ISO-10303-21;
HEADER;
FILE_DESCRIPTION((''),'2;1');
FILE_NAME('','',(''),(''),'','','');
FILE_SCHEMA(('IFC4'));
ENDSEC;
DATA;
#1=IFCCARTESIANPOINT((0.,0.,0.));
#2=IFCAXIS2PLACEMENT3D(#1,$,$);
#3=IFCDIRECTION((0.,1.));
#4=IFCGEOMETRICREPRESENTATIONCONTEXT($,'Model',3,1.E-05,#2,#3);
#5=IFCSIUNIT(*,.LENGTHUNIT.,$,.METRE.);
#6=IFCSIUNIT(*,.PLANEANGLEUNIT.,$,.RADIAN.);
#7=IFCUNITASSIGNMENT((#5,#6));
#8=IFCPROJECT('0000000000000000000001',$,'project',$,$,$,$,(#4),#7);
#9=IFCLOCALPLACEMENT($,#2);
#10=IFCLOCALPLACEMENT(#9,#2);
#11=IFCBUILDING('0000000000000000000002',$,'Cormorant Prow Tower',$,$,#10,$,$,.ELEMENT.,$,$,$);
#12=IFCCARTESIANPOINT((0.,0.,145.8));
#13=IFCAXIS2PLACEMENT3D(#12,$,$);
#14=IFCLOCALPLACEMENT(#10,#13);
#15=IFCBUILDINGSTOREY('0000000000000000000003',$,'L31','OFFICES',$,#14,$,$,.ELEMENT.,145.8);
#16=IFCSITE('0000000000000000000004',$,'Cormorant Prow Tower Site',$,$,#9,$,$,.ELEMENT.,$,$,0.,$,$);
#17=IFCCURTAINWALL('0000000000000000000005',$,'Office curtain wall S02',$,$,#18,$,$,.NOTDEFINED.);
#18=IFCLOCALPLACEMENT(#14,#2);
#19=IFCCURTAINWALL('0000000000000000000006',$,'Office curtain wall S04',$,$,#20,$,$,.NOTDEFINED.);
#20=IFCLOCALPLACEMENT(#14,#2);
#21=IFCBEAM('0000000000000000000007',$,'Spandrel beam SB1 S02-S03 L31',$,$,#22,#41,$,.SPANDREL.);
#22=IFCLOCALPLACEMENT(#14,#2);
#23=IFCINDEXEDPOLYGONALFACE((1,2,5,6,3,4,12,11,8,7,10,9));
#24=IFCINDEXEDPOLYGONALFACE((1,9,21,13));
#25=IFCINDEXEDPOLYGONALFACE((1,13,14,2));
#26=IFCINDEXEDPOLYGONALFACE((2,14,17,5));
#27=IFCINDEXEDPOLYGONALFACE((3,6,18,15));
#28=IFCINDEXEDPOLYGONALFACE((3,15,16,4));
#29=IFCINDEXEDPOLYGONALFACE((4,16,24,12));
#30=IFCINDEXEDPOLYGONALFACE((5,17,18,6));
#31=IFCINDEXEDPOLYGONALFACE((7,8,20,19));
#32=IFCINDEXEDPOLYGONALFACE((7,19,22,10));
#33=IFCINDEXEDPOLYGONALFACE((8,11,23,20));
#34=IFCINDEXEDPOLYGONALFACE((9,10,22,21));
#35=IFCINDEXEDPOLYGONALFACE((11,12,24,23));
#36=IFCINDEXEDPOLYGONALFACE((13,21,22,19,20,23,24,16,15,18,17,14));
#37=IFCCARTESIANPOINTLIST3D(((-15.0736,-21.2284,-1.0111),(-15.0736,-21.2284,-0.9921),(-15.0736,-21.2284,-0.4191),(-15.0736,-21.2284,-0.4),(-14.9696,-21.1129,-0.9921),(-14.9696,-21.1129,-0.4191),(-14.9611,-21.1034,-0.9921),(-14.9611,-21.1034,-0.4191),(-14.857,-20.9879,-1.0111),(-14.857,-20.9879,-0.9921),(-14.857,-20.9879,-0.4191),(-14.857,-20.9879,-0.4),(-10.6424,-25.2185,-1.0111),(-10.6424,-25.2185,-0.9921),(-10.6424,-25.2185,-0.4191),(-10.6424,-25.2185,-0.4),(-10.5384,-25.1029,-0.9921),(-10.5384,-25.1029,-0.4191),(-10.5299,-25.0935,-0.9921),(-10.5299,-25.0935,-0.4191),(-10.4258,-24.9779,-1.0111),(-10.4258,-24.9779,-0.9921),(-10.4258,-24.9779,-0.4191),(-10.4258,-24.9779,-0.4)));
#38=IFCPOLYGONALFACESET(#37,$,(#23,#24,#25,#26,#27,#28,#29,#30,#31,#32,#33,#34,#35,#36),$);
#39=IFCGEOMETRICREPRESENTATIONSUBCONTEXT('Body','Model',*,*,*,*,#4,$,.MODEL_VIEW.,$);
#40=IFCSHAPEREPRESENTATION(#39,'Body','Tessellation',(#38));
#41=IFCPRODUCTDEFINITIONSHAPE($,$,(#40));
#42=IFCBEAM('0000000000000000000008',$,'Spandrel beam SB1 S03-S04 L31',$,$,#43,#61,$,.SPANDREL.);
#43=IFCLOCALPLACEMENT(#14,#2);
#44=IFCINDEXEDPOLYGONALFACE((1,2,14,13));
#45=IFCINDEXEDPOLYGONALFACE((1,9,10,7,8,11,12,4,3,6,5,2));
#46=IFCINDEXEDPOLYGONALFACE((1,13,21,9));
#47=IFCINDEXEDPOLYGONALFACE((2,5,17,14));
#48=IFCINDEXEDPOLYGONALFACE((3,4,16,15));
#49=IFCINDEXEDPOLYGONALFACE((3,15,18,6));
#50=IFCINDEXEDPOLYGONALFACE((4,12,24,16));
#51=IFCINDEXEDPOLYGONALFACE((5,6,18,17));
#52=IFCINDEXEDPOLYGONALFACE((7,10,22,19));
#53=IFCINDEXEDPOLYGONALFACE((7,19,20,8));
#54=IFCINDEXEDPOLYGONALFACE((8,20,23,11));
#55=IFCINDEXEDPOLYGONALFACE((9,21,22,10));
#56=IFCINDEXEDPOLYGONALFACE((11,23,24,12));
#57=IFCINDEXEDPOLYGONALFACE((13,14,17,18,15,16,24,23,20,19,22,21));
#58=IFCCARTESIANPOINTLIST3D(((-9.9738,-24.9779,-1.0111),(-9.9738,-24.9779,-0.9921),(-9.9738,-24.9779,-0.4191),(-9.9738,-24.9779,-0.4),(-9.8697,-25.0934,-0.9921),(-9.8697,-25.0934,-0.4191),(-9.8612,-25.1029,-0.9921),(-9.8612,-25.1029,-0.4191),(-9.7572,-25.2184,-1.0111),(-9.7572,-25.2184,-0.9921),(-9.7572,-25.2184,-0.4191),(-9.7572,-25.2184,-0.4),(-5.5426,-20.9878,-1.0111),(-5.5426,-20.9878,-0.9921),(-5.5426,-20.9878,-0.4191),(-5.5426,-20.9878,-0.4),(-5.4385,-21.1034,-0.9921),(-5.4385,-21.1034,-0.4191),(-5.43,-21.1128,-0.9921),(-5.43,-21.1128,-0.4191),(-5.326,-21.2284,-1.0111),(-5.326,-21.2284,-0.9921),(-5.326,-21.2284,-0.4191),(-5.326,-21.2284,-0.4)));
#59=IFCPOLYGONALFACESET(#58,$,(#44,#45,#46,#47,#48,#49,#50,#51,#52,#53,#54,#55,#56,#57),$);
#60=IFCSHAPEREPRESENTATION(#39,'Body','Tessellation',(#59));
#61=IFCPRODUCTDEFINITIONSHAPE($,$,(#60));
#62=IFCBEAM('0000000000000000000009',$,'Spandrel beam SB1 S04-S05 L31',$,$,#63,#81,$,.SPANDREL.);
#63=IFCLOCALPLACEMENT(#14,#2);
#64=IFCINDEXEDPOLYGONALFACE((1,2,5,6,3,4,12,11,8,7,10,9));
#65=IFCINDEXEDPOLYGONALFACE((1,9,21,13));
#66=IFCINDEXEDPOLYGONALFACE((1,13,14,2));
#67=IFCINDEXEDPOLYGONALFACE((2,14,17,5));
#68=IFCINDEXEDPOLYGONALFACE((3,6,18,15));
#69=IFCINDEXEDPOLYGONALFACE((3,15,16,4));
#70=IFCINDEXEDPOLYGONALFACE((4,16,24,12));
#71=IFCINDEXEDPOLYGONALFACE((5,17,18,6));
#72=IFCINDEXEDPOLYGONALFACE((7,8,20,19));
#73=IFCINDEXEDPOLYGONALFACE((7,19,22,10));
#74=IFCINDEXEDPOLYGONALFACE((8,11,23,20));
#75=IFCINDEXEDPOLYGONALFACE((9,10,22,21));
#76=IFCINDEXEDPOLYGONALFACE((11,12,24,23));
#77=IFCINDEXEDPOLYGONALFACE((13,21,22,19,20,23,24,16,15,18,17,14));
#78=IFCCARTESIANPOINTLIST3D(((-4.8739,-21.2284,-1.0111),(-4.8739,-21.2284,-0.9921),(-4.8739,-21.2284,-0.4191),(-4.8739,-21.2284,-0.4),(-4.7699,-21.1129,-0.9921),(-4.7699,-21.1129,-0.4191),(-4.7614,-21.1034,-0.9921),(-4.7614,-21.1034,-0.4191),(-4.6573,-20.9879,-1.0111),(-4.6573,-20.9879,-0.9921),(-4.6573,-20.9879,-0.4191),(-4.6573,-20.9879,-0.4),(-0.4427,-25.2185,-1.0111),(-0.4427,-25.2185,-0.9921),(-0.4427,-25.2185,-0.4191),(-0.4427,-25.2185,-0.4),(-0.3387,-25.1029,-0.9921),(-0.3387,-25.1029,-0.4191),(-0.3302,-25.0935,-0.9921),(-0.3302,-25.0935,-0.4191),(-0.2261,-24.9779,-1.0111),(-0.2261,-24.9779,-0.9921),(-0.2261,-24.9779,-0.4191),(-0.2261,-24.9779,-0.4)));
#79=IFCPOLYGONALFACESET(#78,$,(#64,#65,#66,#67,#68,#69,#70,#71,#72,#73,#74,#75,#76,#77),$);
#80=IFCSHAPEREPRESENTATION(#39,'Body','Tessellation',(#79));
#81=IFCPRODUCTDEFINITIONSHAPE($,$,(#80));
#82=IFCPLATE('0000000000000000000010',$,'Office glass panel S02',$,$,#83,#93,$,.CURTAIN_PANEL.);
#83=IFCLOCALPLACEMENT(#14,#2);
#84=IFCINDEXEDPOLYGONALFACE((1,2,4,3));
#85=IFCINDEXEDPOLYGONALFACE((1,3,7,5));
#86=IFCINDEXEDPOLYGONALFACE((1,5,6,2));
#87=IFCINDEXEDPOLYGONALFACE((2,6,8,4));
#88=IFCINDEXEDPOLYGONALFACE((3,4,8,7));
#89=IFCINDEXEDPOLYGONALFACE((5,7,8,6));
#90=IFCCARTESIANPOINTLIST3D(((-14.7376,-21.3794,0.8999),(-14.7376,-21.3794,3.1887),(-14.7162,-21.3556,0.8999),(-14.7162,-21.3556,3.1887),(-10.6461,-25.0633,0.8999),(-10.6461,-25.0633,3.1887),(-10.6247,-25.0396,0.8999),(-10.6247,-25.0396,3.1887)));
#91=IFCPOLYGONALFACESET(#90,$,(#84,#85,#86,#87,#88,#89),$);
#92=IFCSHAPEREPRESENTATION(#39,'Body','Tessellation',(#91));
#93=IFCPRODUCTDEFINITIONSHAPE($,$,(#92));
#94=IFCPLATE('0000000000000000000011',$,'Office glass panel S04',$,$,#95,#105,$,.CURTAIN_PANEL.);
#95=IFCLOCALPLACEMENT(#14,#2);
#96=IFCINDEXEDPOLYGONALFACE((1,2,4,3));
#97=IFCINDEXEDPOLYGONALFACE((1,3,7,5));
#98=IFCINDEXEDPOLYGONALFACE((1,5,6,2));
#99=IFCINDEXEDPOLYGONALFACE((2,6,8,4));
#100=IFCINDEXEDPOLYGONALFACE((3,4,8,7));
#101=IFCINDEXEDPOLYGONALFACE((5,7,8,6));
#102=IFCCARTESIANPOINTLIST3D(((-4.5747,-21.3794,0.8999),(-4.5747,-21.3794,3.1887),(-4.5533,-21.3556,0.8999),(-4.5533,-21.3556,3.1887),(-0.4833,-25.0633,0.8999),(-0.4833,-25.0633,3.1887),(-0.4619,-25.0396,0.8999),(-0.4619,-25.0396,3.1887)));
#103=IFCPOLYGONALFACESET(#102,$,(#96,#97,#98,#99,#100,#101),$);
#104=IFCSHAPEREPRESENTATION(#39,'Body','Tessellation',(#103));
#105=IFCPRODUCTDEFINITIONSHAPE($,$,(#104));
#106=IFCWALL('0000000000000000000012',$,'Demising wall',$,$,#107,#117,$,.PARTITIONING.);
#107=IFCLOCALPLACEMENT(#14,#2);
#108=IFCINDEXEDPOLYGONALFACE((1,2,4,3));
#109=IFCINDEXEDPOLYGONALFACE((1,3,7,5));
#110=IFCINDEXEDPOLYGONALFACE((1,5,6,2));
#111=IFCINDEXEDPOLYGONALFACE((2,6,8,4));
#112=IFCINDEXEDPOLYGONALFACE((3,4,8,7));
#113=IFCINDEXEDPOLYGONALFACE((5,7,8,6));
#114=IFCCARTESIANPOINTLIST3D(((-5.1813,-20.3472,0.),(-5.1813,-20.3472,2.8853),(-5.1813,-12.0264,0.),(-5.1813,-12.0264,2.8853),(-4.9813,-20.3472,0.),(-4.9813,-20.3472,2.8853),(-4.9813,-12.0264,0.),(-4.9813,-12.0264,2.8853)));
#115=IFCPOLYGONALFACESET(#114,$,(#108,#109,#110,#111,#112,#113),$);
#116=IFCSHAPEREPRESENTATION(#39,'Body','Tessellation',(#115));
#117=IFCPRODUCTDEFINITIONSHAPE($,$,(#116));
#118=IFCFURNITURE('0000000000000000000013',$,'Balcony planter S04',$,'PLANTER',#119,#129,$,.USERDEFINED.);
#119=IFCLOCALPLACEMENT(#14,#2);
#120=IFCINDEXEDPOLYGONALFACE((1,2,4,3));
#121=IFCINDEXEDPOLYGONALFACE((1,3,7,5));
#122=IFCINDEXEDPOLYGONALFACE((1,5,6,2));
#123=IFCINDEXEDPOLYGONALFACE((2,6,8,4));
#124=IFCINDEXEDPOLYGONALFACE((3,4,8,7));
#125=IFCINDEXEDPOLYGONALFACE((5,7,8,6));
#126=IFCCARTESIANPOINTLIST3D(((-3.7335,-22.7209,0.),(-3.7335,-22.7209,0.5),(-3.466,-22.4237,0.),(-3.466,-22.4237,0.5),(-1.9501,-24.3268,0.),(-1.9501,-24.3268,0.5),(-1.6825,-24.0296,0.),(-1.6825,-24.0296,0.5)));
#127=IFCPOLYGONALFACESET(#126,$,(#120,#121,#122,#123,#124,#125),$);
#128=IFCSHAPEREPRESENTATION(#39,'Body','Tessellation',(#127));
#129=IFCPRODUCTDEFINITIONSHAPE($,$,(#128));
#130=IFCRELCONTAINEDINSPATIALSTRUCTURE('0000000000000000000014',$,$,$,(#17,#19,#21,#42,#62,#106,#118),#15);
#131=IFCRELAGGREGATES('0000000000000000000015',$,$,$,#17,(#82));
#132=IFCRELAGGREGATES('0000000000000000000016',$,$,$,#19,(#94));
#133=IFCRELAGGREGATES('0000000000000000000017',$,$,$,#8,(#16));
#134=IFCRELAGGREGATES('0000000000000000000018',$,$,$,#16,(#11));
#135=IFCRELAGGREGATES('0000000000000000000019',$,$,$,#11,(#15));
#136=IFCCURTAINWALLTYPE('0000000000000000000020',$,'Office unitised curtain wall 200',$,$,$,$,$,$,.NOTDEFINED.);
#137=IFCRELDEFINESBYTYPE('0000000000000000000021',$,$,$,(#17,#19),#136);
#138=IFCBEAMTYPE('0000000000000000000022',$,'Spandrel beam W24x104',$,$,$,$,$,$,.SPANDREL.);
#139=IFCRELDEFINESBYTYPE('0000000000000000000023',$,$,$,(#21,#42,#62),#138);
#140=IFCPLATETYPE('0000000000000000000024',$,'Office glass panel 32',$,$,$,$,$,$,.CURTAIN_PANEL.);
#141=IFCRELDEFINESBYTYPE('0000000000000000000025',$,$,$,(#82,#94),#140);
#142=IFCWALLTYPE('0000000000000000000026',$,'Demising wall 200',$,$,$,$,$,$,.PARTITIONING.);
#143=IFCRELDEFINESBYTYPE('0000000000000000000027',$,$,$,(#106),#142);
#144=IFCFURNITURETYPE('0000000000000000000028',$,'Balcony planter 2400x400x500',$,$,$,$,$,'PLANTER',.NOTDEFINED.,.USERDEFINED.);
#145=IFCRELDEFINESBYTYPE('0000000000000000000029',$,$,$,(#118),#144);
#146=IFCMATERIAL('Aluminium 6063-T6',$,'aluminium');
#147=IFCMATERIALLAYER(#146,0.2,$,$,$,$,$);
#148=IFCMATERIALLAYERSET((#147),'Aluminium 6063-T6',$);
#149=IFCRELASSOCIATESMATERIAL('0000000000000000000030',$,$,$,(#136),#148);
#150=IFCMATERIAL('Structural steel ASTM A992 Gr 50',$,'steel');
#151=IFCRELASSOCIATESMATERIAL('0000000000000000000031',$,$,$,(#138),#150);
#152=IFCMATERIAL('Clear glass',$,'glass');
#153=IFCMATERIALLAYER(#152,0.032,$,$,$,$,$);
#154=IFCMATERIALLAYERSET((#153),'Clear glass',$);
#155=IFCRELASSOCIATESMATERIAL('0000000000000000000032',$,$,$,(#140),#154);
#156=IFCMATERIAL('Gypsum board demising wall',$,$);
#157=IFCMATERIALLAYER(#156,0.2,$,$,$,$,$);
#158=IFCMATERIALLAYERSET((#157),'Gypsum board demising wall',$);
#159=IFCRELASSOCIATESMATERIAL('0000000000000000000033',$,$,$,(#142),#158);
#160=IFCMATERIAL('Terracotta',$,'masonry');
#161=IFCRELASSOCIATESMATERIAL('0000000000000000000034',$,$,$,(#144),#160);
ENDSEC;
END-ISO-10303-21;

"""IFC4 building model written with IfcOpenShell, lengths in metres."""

from ifc_helpers import new_model, si_unit, direction, frame, frame_2d, origin, origin_2d, place, context, subcontext, project, spatial, rectangle, i_section, extrude, material, layer, layer_set, material_profile, profile_set, type_object, element, aggregate, save


model = new_model("IFC4")

# Units and contexts
model_context = context("Model", 3, precision=1e-05, world=origin(), true_north=direction((0.0, 1.0)))
body_context = subcontext(model_context, "Body", "Model", "MODEL_VIEW")
ifc_project = project(units=[si_unit("LENGTHUNIT", "METRE"), si_unit("PLANEANGLEUNIT", "RADIAN")], contexts=[model_context])

# Site, building, storey
site_placement = place(None, origin())
site = spatial("IfcSite", under=ifc_project, at=site_placement, Name="Cormorant Prow Tower Site", CompositionType="ELEMENT", RefElevation=0.0)
building_placement = place(site_placement, origin())
building = spatial("IfcBuilding", under=site, at=building_placement, Name="Cormorant Prow Tower", CompositionType="ELEMENT")
storey_placement = place(building_placement, frame((0.0, 0.0, 145.8)))
storey = spatial("IfcBuildingStorey", under=building, at=storey_placement, Name="L31", Description="OFFICES", CompositionType="ELEMENT", Elevation=145.8)

# Curtain walls
ifc_material_1 = material(Name="Aluminium 6063-T6", Category="aluminium")
ifc_layer_1 = layer(ifc_material_1, 0.2)
ifc_layer_set_1 = layer_set([ifc_layer_1], Name="Aluminium 6063-T6")
curtain_wall_type = type_object("IfcCurtainWallType", Name="Office unitised curtain wall 200", PredefinedType="NOTDEFINED", material=ifc_layer_set_1)
curtain_wall_1_placement = place(storey_placement, origin())
curtain_wall_1 = element("IfcCurtainWall", 1, at=curtain_wall_1_placement, inside=storey, type_object=curtain_wall_type, Name="Office curtain wall S02", PredefinedType="NOTDEFINED")
curtain_wall_2_placement = place(storey_placement, origin())
curtain_wall_2 = element("IfcCurtainWall", 2, at=curtain_wall_2_placement, inside=storey, type_object=curtain_wall_type, Name="Office curtain wall S04", PredefinedType="NOTDEFINED")

# Beams
ifc_material_2 = material(Name="Structural steel ASTM A992 Gr 50", Category="steel")
ifc_material_profile_1 = material_profile(ifc_material_2, i_section(OverallWidth=0.3237, OverallDepth=0.6111, WebThickness=0.0127, FlangeThickness=0.019, at=origin_2d()), Name="W24x104")
ifc_profile_set_1 = profile_set([ifc_material_profile_1], Name="Structural steel ASTM A992 Gr 50")
beam_type_1 = type_object("IfcBeamType", Name="Spandrel beam W24x104", PredefinedType="SPANDREL", material=ifc_profile_set_1)
for number, where, z_axis, x_axis, name in (
    (3, (-14.9653, -21.1082, -0.7056), (0.743131, -0.669146, 0.0), (0.669146, 0.743131, 0.0), "Spandrel beam SB1 S02-S03 L31"),
    (4, (-9.8655, -25.0981, -0.7056), (0.743131, 0.669146, 0.0), (-0.669146, 0.743131, 0.0), "Spandrel beam SB1 S03-S04 L31"),
    (5, (-4.7656, -21.1082, -0.7056), (0.743131, -0.669146, 0.0), (0.669146, 0.743131, 0.0), "Spandrel beam SB1 S04-S05 L31"),
):
    element("IfcBeam", number, at=place(storey_placement, frame(where, z_axis=z_axis, x_axis=x_axis)), inside=storey, type_object=beam_type_1, Name=name, PredefinedType="SPANDREL", context=body_context, shape_type="SweptSolid", body=[
        extrude(i_section(OverallWidth=0.3237, OverallDepth=0.6111, WebThickness=0.0127, FlangeThickness=0.019, at=origin_2d()), origin(), (0.0, 0.0, 1.0), 5.9629),
    ])

# Plates
ifc_material_3 = material(Name="Clear glass", Category="glass")
ifc_layer_2 = layer(ifc_material_3, 0.032)
ifc_layer_set_2 = layer_set([ifc_layer_2], Name="Clear glass")
plate_type = type_object("IfcPlateType", Name="Office glass panel 32", PredefinedType="CURTAIN_PANEL", material=ifc_layer_set_2)
plate_1_placement = place(storey_placement, frame((-12.6812, -23.2095, 0.8999), z_axis=(0.0, 0.0, 1.0), x_axis=(0.743145, -0.669131, 0.0)))
plate_1 = element("IfcPlate", 6, at=plate_1_placement, type_object=plate_type, Name="Office glass panel S02", PredefinedType="CURTAIN_PANEL", context=body_context, shape_type="SweptSolid", body=[
    extrude(rectangle(XDim=5.5056, YDim=0.032, at=origin_2d()), origin(), (0.0, 0.0, 1.0), 2.2888),
])
aggregate(curtain_wall_1, [plate_1])
plate_2_placement = place(storey_placement, frame((-2.5183, -23.2095, 0.8999), z_axis=(0.0, 0.0, 1.0), x_axis=(0.743145, -0.669131, 0.0)))
plate_2 = element("IfcPlate", 7, at=plate_2_placement, type_object=plate_type, Name="Office glass panel S04", PredefinedType="CURTAIN_PANEL", context=body_context, shape_type="SweptSolid", body=[
    extrude(rectangle(XDim=5.5056, YDim=0.032, at=origin_2d()), origin(), (0.0, 0.0, 1.0), 2.2888),
])
aggregate(curtain_wall_2, [plate_2])

# Wall
ifc_material_4 = material(Name="Gypsum board demising wall")
ifc_layer_3 = layer(ifc_material_4, 0.2)
ifc_layer_set_3 = layer_set([ifc_layer_3], Name="Gypsum board demising wall")
wall_type_1 = type_object("IfcWallType", Name="Demising wall 200", PredefinedType="PARTITIONING", material=ifc_layer_set_3)
wall_1_placement = place(storey_placement, frame((-5.0813, -20.3472, 0.0), z_axis=(0.0, 0.0, 1.0), x_axis=(0.0, 1.0, 0.0)))
element("IfcWall", 8, at=wall_1_placement, inside=storey, type_object=wall_type_1, Name="Demising wall", PredefinedType="PARTITIONING", context=body_context, shape_type="SweptSolid", body=[
    extrude(rectangle(XDim=8.3208, YDim=0.2, at=frame_2d((4.1604, 0.0))), origin(), (0.0, 0.0, 1.0), 2.8853),
])

# Furniture
ifc_material_5 = material(Name="Terracotta", Category="masonry")
furniture_type = type_object("IfcFurnitureType", Name="Balcony planter 2400x400x500", ElementType="PLANTER", AssemblyPlace="NOTDEFINED", PredefinedType="USERDEFINED", material=ifc_material_5)
furniture_placement = place(storey_placement, frame((-2.708, -23.3752, 0.0), z_axis=(0.0, 0.0, 1.0), x_axis=(0.743145, -0.669131, 0.0)))
element("IfcFurniture", 9, at=furniture_placement, inside=storey, type_object=furniture_type, Name="Balcony planter S04", ObjectType="PLANTER", PredefinedType="USERDEFINED", context=body_context, shape_type="SweptSolid", body=[
    extrude(rectangle(XDim=2.3999, YDim=0.3999, at=origin_2d()), origin(), (0.0, 0.0, 1.0), 0.5),
])

save(model, "model.ifc")
